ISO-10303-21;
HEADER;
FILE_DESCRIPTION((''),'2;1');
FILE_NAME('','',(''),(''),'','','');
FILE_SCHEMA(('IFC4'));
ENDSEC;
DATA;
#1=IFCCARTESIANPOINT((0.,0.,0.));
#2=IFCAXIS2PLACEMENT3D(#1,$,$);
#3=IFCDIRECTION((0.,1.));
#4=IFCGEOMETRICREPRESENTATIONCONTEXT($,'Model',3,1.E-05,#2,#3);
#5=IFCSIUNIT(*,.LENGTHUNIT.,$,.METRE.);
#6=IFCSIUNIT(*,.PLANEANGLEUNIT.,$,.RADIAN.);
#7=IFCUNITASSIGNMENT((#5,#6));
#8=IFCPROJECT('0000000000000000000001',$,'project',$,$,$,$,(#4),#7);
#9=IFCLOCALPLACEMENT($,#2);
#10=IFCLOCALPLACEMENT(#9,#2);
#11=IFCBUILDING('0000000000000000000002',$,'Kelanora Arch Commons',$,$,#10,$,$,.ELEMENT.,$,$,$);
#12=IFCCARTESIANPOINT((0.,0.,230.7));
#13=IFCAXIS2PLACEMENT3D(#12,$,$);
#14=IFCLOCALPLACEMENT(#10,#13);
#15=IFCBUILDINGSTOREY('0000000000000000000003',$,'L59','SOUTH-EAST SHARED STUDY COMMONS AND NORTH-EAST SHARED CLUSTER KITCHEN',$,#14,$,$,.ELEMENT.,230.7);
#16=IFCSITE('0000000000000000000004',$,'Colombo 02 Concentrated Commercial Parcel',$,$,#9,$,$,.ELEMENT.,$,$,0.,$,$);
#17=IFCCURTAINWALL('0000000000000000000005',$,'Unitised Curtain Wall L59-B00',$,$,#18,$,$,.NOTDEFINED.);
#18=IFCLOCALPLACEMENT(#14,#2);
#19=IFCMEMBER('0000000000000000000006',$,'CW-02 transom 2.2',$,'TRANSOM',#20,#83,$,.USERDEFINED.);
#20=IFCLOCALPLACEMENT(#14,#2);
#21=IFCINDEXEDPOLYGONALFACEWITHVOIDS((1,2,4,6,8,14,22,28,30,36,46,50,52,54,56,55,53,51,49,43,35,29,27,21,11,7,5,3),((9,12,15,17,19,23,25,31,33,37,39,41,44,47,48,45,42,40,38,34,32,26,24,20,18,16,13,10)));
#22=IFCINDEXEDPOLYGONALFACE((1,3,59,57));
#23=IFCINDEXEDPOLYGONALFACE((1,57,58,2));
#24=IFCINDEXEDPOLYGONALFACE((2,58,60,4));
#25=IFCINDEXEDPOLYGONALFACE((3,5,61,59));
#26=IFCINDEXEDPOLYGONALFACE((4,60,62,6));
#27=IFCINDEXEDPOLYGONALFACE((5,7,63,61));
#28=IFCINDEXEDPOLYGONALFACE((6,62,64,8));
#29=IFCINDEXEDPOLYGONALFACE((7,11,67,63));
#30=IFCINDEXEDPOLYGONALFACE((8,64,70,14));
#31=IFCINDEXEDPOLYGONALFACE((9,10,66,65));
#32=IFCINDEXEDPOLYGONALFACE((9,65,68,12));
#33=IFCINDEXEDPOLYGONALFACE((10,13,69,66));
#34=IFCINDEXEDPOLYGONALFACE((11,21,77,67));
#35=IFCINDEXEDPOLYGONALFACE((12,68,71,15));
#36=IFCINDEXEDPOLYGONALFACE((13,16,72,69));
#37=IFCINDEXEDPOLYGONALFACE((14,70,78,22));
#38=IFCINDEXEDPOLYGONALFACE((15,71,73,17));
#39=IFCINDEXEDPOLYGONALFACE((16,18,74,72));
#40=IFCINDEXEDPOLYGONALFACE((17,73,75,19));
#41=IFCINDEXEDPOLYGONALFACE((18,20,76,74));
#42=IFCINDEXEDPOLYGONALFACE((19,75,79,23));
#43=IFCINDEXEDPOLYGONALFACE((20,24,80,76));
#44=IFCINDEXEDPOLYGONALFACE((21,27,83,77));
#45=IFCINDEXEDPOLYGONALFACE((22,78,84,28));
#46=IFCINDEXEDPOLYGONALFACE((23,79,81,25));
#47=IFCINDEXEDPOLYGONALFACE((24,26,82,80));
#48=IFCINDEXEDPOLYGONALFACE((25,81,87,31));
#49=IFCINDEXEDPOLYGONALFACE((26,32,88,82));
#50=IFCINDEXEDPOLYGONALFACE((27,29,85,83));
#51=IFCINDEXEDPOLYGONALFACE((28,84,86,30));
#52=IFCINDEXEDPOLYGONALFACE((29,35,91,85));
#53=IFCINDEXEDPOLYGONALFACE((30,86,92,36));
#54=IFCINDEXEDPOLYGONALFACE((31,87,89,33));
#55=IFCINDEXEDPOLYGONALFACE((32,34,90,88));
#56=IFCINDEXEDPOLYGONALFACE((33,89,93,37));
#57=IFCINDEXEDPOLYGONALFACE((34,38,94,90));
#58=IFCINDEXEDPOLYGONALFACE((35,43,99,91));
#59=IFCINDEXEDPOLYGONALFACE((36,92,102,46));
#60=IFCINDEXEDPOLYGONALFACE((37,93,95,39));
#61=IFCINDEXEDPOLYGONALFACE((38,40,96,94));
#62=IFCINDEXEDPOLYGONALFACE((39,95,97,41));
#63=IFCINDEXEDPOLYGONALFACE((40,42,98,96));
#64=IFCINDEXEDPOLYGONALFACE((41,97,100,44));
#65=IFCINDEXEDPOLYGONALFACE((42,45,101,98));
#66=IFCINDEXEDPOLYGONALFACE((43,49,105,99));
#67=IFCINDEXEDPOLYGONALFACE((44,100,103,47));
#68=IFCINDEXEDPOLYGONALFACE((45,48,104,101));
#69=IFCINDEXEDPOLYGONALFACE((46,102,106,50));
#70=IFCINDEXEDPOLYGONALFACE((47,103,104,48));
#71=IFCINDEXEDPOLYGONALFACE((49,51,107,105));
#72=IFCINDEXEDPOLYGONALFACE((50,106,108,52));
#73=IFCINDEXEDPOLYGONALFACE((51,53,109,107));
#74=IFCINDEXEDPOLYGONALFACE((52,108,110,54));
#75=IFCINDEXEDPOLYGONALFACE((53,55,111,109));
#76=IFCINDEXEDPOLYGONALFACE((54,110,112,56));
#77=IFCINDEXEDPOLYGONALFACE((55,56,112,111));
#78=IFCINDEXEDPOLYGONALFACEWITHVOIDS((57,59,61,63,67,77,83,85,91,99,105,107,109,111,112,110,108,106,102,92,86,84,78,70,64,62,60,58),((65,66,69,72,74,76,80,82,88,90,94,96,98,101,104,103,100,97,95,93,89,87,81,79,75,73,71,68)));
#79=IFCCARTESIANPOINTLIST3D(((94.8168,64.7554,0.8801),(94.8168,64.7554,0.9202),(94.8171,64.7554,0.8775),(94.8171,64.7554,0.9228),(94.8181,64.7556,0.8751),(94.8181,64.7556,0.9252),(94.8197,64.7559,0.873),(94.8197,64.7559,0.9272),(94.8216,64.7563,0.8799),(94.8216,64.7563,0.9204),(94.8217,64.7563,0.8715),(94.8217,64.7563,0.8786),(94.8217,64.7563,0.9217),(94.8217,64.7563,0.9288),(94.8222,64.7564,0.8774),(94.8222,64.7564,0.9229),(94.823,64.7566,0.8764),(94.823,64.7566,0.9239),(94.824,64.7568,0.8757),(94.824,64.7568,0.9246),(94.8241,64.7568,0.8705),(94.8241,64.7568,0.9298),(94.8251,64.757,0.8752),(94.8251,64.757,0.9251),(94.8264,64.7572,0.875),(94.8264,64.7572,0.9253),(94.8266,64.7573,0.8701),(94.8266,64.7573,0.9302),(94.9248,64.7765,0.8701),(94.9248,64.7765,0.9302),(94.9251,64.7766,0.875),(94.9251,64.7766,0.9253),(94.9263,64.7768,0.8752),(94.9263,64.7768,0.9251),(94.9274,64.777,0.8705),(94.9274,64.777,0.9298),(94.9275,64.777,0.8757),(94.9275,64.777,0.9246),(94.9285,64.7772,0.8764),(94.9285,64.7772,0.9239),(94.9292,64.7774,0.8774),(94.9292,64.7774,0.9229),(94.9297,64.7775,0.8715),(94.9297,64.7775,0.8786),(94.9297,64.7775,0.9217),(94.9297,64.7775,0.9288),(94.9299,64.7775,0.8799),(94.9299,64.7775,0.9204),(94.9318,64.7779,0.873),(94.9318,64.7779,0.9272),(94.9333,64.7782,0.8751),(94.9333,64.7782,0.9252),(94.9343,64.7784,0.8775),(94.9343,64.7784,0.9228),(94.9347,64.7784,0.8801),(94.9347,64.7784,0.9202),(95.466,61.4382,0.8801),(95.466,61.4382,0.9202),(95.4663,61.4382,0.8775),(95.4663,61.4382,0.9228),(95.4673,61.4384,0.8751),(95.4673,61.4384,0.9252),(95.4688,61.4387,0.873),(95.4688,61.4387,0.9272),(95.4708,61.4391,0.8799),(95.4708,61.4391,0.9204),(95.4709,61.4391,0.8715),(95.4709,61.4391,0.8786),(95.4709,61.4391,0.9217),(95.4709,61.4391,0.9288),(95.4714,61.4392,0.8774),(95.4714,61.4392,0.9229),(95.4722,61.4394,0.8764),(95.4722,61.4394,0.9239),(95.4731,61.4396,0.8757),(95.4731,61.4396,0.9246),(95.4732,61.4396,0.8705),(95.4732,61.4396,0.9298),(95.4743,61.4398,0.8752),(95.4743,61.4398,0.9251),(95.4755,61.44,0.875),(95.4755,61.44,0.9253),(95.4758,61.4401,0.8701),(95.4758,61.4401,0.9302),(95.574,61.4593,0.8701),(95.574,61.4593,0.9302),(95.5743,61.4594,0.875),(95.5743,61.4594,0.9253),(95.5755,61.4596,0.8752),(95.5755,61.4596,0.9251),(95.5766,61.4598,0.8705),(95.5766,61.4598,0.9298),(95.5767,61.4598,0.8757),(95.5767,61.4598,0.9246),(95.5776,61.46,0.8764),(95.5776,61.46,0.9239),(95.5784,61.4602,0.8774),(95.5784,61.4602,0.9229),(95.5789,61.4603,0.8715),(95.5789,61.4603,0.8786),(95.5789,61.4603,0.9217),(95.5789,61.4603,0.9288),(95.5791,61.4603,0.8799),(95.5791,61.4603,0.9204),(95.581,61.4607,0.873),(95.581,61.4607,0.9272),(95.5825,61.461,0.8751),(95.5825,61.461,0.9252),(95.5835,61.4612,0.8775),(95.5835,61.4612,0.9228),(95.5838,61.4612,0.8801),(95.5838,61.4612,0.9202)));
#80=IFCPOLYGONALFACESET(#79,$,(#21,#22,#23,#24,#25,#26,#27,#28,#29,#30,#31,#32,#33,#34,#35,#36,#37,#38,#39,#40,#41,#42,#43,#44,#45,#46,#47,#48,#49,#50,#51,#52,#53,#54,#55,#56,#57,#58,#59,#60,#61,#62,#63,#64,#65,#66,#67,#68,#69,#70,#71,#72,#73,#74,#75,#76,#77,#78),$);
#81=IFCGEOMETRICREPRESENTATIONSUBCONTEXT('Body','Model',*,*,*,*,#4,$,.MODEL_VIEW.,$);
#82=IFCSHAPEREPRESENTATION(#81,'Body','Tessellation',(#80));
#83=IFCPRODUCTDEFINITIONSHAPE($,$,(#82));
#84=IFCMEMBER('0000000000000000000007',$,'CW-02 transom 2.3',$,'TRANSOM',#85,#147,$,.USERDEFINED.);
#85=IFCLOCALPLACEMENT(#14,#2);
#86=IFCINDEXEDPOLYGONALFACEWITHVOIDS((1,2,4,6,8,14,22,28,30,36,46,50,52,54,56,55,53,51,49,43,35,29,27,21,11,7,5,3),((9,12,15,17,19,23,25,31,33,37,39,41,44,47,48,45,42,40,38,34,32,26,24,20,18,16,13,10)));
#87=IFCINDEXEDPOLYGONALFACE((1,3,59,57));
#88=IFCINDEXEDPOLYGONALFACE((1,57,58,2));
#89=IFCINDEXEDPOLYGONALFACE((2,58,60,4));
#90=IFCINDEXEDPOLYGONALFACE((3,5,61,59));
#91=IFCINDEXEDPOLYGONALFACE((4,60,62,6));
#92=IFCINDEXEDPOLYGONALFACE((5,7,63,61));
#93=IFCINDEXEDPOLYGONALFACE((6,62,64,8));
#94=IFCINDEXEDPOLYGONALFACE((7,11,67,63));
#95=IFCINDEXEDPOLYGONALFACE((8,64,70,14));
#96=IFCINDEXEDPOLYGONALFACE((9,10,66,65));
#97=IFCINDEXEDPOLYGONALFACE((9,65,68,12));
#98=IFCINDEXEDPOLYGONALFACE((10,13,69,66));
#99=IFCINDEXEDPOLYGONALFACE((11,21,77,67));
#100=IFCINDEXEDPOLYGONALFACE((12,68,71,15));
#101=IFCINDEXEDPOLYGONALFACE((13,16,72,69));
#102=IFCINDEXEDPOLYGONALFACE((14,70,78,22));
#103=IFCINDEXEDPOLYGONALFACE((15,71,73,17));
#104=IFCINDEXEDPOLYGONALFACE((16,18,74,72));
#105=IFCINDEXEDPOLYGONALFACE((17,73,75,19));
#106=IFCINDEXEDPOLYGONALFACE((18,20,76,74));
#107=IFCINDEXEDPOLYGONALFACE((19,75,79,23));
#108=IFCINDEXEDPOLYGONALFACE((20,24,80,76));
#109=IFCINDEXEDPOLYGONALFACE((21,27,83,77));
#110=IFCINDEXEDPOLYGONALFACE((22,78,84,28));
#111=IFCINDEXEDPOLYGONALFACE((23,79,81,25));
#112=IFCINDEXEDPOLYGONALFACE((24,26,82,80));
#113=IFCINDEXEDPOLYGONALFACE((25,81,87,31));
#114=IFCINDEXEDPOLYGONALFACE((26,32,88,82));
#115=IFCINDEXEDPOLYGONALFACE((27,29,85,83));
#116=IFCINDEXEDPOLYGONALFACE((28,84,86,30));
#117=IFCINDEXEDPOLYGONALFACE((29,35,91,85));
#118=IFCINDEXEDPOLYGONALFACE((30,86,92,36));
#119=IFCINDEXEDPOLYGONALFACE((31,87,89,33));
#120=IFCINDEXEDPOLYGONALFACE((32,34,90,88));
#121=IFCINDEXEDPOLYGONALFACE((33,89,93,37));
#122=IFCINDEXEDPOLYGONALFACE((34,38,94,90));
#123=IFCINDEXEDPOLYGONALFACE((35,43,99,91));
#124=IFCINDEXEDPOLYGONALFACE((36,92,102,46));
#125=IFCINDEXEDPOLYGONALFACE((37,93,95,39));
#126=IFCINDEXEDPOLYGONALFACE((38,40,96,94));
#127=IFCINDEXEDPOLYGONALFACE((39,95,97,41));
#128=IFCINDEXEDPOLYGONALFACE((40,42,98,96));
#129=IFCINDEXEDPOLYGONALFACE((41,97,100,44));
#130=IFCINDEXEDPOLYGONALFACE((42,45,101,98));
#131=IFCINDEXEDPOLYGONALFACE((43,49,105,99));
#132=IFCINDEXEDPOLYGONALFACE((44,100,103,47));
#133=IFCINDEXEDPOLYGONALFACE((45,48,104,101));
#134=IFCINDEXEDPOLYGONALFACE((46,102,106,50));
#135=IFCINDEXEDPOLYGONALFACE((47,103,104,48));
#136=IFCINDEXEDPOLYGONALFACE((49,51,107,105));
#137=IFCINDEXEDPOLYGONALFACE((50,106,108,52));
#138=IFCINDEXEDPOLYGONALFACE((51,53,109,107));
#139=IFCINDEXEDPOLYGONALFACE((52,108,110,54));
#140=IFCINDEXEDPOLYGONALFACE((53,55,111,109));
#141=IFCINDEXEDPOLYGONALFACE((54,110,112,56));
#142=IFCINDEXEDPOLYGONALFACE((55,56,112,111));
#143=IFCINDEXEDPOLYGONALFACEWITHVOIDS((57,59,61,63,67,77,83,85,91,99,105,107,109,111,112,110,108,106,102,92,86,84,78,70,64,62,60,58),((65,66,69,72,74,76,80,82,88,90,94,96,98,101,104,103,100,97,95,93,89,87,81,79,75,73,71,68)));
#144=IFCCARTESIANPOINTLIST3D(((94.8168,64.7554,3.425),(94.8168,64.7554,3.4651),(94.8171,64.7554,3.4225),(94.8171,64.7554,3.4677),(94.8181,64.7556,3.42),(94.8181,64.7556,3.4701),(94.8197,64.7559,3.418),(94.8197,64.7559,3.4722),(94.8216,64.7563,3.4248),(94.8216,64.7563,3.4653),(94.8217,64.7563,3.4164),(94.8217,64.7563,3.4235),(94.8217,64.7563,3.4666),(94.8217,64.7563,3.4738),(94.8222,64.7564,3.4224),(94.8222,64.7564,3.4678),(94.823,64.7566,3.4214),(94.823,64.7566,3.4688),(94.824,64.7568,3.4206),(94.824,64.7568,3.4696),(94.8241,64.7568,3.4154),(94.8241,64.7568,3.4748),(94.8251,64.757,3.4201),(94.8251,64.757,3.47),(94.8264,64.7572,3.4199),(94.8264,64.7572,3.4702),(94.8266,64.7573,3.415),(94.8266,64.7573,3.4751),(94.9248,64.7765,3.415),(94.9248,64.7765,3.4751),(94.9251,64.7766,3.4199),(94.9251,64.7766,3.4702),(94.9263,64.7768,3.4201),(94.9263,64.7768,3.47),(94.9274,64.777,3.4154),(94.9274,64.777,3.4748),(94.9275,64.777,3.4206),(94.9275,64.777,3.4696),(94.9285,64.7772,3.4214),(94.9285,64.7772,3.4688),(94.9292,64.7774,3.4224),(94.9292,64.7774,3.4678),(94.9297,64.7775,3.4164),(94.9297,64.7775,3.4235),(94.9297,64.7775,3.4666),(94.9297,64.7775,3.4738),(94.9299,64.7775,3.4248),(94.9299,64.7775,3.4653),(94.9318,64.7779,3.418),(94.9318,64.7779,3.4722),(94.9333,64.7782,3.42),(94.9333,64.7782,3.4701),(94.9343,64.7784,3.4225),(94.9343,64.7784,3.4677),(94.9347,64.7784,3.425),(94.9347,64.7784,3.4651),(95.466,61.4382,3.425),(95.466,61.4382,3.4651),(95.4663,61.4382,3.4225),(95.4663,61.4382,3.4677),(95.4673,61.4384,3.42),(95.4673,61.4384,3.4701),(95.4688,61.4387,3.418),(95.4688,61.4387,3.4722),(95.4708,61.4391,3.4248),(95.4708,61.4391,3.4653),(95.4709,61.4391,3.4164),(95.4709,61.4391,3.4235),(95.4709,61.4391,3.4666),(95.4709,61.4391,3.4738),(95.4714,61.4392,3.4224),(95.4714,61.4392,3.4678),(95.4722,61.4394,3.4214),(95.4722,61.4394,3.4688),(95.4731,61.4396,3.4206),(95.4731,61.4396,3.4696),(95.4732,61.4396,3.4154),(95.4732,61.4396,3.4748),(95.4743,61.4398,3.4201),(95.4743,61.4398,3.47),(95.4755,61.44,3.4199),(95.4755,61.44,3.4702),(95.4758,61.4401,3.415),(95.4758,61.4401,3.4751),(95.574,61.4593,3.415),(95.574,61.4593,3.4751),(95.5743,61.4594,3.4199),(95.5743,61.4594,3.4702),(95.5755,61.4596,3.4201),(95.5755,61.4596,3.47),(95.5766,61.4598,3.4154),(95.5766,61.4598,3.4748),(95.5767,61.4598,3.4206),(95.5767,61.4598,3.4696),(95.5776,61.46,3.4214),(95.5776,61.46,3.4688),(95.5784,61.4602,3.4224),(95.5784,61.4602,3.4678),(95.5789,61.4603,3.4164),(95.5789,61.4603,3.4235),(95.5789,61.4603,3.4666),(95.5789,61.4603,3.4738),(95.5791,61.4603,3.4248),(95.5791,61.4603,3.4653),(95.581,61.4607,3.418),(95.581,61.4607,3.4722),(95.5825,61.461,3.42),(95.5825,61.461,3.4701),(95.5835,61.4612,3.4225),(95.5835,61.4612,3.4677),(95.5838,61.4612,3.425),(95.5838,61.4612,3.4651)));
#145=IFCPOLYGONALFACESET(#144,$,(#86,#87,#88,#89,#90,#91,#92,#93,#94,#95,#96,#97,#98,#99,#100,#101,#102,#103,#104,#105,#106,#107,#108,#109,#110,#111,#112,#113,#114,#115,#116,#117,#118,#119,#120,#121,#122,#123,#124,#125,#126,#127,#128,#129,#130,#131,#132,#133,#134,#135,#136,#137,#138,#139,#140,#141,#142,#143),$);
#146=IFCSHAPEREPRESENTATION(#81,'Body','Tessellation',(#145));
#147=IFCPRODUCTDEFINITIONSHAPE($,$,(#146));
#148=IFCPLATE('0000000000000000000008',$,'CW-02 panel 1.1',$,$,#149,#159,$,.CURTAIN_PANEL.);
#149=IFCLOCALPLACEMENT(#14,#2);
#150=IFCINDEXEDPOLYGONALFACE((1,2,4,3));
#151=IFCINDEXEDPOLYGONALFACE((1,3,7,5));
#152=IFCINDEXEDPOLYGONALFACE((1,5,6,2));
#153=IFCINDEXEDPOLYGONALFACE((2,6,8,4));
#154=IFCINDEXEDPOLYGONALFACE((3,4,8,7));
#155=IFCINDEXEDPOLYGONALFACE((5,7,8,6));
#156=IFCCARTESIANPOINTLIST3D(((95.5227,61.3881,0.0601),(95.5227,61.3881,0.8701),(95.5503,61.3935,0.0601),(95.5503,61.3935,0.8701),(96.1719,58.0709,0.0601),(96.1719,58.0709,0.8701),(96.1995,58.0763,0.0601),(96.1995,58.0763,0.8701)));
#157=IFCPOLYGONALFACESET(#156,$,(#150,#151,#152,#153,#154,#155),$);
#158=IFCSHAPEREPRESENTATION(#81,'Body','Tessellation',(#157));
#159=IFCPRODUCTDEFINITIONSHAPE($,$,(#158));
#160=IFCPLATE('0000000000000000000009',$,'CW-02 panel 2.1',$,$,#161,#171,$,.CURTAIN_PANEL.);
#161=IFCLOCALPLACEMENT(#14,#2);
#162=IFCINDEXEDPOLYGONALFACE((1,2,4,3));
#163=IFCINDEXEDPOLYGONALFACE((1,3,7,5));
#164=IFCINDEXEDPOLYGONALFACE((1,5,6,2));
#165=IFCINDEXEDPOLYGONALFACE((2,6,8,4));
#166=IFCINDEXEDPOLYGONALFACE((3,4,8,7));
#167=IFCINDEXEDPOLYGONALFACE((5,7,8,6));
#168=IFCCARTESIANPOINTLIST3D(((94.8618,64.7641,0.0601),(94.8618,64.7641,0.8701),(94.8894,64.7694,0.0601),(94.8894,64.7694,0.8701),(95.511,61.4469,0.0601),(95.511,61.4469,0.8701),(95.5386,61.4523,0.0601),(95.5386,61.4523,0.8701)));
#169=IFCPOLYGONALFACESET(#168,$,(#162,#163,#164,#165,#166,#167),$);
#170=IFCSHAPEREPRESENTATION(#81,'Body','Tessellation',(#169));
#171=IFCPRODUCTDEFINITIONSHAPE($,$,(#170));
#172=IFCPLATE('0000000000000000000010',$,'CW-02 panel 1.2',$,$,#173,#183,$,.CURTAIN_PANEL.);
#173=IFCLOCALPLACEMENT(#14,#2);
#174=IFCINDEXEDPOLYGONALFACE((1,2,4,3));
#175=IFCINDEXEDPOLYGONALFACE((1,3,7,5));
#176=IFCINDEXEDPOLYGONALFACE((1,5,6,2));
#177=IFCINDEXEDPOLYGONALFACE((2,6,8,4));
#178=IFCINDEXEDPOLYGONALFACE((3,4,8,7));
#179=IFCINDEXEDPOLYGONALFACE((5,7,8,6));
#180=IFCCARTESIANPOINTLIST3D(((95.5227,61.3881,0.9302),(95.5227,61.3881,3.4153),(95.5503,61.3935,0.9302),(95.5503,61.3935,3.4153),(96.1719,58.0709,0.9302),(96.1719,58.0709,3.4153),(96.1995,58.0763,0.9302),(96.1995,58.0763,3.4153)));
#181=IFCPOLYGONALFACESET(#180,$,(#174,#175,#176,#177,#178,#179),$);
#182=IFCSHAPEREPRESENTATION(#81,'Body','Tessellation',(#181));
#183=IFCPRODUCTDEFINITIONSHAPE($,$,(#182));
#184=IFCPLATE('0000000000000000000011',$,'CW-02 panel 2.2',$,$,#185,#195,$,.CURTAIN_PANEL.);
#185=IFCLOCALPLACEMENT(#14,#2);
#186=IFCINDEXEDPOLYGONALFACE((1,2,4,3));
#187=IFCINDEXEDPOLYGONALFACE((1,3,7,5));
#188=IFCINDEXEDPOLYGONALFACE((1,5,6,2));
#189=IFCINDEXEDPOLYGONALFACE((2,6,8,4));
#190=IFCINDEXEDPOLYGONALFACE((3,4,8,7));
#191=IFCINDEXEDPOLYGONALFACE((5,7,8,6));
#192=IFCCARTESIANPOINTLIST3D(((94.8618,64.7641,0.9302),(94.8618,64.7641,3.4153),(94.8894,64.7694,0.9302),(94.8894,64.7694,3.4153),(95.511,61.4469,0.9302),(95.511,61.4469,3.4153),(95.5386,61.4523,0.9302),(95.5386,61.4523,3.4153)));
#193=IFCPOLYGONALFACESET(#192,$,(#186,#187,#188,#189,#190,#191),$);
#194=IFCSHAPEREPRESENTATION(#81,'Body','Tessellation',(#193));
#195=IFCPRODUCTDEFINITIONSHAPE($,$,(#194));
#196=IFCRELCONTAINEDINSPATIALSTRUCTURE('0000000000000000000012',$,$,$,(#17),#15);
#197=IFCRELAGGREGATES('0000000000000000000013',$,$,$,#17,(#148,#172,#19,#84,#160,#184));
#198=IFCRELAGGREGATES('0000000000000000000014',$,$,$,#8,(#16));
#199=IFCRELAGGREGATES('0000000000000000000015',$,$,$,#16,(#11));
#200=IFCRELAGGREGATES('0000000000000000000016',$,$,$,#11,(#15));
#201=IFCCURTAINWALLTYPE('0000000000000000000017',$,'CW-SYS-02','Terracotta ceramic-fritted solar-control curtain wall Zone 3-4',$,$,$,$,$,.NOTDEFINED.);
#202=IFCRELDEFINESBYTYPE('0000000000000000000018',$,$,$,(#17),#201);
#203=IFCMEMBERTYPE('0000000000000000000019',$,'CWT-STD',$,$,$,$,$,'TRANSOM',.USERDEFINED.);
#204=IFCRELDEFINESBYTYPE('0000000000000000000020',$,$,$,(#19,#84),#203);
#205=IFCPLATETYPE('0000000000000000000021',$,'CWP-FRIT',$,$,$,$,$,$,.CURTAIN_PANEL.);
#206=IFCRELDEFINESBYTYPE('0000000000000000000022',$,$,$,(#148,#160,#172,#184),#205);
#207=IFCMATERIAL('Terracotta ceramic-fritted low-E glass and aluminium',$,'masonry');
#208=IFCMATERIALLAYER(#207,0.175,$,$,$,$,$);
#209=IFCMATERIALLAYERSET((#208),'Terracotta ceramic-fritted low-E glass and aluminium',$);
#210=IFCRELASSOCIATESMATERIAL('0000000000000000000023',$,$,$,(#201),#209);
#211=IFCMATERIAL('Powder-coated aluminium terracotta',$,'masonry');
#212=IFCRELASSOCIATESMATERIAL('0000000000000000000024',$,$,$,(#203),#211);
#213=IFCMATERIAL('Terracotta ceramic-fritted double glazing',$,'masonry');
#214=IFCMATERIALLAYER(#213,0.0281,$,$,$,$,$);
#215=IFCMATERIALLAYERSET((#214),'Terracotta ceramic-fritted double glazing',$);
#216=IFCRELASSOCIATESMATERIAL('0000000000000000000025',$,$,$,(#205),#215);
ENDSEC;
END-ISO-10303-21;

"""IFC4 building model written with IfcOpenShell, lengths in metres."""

from ifc_helpers import new_model, si_unit, direction, frame, origin, origin_2d, place, context, subcontext, project, spatial, rectangle, hollow_rectangle, extrude, source, transform, mapped, material, layer, layer_set, material_profile, profile_set, type_object, element, aggregate, save


model = new_model("IFC4")

# Units and contexts
model_context = context("Model", 3, precision=1e-05, world=origin(), true_north=direction((0.0, 1.0)))
body_context = subcontext(model_context, "Body", "Model", "MODEL_VIEW")
ifc_project = project(units=[si_unit("LENGTHUNIT", "METRE"), si_unit("PLANEANGLEUNIT", "RADIAN")], contexts=[model_context])

# Site, building, storey
site_placement = place(None, origin())
site = spatial("IfcSite", under=ifc_project, at=site_placement, Name="Colombo 02 Concentrated Commercial Parcel", CompositionType="ELEMENT", RefElevation=0.0)
building_placement = place(site_placement, origin())
building = spatial("IfcBuilding", under=site, at=building_placement, Name="Kelanora Arch Commons", CompositionType="ELEMENT")
storey_placement = place(building_placement, frame((0.0, 0.0, 230.7)))
storey = spatial("IfcBuildingStorey", under=building, at=storey_placement, Name="L59", Description="SOUTH-EAST SHARED STUDY COMMONS AND NORTH-EAST SHARED CLUSTER KITCHEN", CompositionType="ELEMENT", Elevation=230.7)

# Curtain wall, members, plates
ifc_material_1 = material(Name="Terracotta ceramic-fritted low-E glass and aluminium", Category="masonry")
ifc_layer_1 = layer(ifc_material_1, 0.175)
ifc_layer_set_1 = layer_set([ifc_layer_1], Name="Terracotta ceramic-fritted low-E glass and aluminium")
curtain_wall_type = type_object("IfcCurtainWallType", Name="CW-SYS-02", Description="Terracotta ceramic-fritted solar-control curtain wall Zone 3-4", PredefinedType="NOTDEFINED", material=ifc_layer_set_1)
curtain_wall_placement = place(storey_placement, origin())
curtain_wall = element("IfcCurtainWall", 1, at=curtain_wall_placement, inside=storey, type_object=curtain_wall_type, Name="Unitised Curtain Wall L59-B00", PredefinedType="NOTDEFINED")
ifc_material_2 = material(Name="Powder-coated aluminium terracotta", Category="masonry")
ifc_material_profile_1 = material_profile(ifc_material_2, hollow_rectangle(XDim=0.1201, YDim=0.0601, WallThickness=0.0049, InnerFilletRadius=0.0049, OuterFilletRadius=0.01, at=origin_2d()), Name="CWT120x60")
ifc_profile_set_1 = profile_set([ifc_material_profile_1], Name="Powder-coated aluminium terracotta")
member_type_1 = type_object("IfcMemberType", Name="CWT-STD", ElementType="TRANSOM", PredefinedType="USERDEFINED", material=ifc_profile_set_1)
member_1_placement = place(storey_placement, frame((95.5249, 61.4497, 0.9001), z_axis=(-0.192058, 0.981383, 0.0), x_axis=(-0.981383, -0.192058, 0.0)))
member_1 = element("IfcMember", 2, at=member_1_placement, type_object=member_type_1, Name="CW-02 transom 2.2", ObjectType="TRANSOM", PredefinedType="USERDEFINED", context=body_context, shape_type="SweptSolid", body=[
    extrude(hollow_rectangle(XDim=0.1201, YDim=0.0601, WallThickness=0.0049, InnerFilletRadius=0.0049, OuterFilletRadius=0.01, at=origin_2d()), origin(), (0.0, 0.0, 1.0), 3.3801),
])
member_2_placement = place(storey_placement, frame((95.5249, 61.4497, 3.4451), z_axis=(-0.192058, 0.981383, 0.0), x_axis=(-0.981383, -0.192058, 0.0)))
member_2 = element("IfcMember", 3, at=member_2_placement, type_object=member_type_1, Name="CW-02 transom 2.3", ObjectType="TRANSOM", PredefinedType="USERDEFINED", context=body_context, shape_type="SweptSolid", body=[
    extrude(hollow_rectangle(XDim=0.1201, YDim=0.0601, WallThickness=0.0049, InnerFilletRadius=0.0049, OuterFilletRadius=0.01, at=origin_2d()), origin(), (0.0, 0.0, 1.0), 3.3801),
])
ifc_material_3 = material(Name="Terracotta ceramic-fritted double glazing", Category="masonry")
ifc_layer_2 = layer(ifc_material_3, 0.0281)
ifc_layer_set_2 = layer_set([ifc_layer_2], Name="Terracotta ceramic-fritted double glazing")
plate_type = type_object("IfcPlateType", Name="CWP-FRIT", PredefinedType="CURTAIN_PANEL", material=ifc_layer_set_2)
shared_shape_1 = source(origin(), body_context, "Body", "SweptSolid", [
    extrude(rectangle(XDim=3.3801, YDim=0.0281, at=origin_2d()), origin(), (0.0, 0.0, 1.0), 0.8101),
])
plate_1_placement = place(storey_placement, frame((95.8611, 59.7322, 0.0601), z_axis=(0.0, 0.0, 1.0), x_axis=(-0.192069, 0.981381, 0.0)))
plate_1 = element("IfcPlate", 4, at=plate_1_placement, type_object=plate_type, Name="CW-02 panel 1.1", PredefinedType="CURTAIN_PANEL", context=body_context, shape_type="MappedRepresentation", body=[
    mapped(shared_shape_1, transform((0.0, 0.0, 0.0), scale=1.0)),
])
plate_2_placement = place(storey_placement, frame((95.2002, 63.1082, 0.0601), z_axis=(0.0, 0.0, 1.0), x_axis=(-0.192069, 0.981381, 0.0)))
plate_2 = element("IfcPlate", 5, at=plate_2_placement, type_object=plate_type, Name="CW-02 panel 2.1", PredefinedType="CURTAIN_PANEL", context=body_context, shape_type="MappedRepresentation", body=[
    mapped(shared_shape_1, transform((0.0, 0.0, 0.0), scale=1.0)),
])
shared_shape_2 = source(origin(), body_context, "Body", "SweptSolid", [
    extrude(rectangle(XDim=3.3801, YDim=0.0281, at=origin_2d()), origin(), (0.0, 0.0, 1.0), 2.4851),
])
plate_3_placement = place(storey_placement, frame((95.8611, 59.7322, 0.9302), z_axis=(0.0, 0.0, 1.0), x_axis=(-0.192069, 0.981381, 0.0)))
plate_3 = element("IfcPlate", 6, at=plate_3_placement, type_object=plate_type, Name="CW-02 panel 1.2", PredefinedType="CURTAIN_PANEL", context=body_context, shape_type="MappedRepresentation", body=[
    mapped(shared_shape_2, transform((0.0, 0.0, 0.0), scale=1.0)),
])
plate_4_placement = place(storey_placement, frame((95.2002, 63.1082, 0.9302), z_axis=(0.0, 0.0, 1.0), x_axis=(-0.192069, 0.981381, 0.0)))
plate_4 = element("IfcPlate", 7, at=plate_4_placement, type_object=plate_type, Name="CW-02 panel 2.2", PredefinedType="CURTAIN_PANEL", context=body_context, shape_type="MappedRepresentation", body=[
    mapped(shared_shape_2, transform((0.0, 0.0, 0.0), scale=1.0)),
])
aggregate(curtain_wall, [plate_1, plate_3, member_1, member_2, plate_2, plate_4])

save(model, "model.ifc")
